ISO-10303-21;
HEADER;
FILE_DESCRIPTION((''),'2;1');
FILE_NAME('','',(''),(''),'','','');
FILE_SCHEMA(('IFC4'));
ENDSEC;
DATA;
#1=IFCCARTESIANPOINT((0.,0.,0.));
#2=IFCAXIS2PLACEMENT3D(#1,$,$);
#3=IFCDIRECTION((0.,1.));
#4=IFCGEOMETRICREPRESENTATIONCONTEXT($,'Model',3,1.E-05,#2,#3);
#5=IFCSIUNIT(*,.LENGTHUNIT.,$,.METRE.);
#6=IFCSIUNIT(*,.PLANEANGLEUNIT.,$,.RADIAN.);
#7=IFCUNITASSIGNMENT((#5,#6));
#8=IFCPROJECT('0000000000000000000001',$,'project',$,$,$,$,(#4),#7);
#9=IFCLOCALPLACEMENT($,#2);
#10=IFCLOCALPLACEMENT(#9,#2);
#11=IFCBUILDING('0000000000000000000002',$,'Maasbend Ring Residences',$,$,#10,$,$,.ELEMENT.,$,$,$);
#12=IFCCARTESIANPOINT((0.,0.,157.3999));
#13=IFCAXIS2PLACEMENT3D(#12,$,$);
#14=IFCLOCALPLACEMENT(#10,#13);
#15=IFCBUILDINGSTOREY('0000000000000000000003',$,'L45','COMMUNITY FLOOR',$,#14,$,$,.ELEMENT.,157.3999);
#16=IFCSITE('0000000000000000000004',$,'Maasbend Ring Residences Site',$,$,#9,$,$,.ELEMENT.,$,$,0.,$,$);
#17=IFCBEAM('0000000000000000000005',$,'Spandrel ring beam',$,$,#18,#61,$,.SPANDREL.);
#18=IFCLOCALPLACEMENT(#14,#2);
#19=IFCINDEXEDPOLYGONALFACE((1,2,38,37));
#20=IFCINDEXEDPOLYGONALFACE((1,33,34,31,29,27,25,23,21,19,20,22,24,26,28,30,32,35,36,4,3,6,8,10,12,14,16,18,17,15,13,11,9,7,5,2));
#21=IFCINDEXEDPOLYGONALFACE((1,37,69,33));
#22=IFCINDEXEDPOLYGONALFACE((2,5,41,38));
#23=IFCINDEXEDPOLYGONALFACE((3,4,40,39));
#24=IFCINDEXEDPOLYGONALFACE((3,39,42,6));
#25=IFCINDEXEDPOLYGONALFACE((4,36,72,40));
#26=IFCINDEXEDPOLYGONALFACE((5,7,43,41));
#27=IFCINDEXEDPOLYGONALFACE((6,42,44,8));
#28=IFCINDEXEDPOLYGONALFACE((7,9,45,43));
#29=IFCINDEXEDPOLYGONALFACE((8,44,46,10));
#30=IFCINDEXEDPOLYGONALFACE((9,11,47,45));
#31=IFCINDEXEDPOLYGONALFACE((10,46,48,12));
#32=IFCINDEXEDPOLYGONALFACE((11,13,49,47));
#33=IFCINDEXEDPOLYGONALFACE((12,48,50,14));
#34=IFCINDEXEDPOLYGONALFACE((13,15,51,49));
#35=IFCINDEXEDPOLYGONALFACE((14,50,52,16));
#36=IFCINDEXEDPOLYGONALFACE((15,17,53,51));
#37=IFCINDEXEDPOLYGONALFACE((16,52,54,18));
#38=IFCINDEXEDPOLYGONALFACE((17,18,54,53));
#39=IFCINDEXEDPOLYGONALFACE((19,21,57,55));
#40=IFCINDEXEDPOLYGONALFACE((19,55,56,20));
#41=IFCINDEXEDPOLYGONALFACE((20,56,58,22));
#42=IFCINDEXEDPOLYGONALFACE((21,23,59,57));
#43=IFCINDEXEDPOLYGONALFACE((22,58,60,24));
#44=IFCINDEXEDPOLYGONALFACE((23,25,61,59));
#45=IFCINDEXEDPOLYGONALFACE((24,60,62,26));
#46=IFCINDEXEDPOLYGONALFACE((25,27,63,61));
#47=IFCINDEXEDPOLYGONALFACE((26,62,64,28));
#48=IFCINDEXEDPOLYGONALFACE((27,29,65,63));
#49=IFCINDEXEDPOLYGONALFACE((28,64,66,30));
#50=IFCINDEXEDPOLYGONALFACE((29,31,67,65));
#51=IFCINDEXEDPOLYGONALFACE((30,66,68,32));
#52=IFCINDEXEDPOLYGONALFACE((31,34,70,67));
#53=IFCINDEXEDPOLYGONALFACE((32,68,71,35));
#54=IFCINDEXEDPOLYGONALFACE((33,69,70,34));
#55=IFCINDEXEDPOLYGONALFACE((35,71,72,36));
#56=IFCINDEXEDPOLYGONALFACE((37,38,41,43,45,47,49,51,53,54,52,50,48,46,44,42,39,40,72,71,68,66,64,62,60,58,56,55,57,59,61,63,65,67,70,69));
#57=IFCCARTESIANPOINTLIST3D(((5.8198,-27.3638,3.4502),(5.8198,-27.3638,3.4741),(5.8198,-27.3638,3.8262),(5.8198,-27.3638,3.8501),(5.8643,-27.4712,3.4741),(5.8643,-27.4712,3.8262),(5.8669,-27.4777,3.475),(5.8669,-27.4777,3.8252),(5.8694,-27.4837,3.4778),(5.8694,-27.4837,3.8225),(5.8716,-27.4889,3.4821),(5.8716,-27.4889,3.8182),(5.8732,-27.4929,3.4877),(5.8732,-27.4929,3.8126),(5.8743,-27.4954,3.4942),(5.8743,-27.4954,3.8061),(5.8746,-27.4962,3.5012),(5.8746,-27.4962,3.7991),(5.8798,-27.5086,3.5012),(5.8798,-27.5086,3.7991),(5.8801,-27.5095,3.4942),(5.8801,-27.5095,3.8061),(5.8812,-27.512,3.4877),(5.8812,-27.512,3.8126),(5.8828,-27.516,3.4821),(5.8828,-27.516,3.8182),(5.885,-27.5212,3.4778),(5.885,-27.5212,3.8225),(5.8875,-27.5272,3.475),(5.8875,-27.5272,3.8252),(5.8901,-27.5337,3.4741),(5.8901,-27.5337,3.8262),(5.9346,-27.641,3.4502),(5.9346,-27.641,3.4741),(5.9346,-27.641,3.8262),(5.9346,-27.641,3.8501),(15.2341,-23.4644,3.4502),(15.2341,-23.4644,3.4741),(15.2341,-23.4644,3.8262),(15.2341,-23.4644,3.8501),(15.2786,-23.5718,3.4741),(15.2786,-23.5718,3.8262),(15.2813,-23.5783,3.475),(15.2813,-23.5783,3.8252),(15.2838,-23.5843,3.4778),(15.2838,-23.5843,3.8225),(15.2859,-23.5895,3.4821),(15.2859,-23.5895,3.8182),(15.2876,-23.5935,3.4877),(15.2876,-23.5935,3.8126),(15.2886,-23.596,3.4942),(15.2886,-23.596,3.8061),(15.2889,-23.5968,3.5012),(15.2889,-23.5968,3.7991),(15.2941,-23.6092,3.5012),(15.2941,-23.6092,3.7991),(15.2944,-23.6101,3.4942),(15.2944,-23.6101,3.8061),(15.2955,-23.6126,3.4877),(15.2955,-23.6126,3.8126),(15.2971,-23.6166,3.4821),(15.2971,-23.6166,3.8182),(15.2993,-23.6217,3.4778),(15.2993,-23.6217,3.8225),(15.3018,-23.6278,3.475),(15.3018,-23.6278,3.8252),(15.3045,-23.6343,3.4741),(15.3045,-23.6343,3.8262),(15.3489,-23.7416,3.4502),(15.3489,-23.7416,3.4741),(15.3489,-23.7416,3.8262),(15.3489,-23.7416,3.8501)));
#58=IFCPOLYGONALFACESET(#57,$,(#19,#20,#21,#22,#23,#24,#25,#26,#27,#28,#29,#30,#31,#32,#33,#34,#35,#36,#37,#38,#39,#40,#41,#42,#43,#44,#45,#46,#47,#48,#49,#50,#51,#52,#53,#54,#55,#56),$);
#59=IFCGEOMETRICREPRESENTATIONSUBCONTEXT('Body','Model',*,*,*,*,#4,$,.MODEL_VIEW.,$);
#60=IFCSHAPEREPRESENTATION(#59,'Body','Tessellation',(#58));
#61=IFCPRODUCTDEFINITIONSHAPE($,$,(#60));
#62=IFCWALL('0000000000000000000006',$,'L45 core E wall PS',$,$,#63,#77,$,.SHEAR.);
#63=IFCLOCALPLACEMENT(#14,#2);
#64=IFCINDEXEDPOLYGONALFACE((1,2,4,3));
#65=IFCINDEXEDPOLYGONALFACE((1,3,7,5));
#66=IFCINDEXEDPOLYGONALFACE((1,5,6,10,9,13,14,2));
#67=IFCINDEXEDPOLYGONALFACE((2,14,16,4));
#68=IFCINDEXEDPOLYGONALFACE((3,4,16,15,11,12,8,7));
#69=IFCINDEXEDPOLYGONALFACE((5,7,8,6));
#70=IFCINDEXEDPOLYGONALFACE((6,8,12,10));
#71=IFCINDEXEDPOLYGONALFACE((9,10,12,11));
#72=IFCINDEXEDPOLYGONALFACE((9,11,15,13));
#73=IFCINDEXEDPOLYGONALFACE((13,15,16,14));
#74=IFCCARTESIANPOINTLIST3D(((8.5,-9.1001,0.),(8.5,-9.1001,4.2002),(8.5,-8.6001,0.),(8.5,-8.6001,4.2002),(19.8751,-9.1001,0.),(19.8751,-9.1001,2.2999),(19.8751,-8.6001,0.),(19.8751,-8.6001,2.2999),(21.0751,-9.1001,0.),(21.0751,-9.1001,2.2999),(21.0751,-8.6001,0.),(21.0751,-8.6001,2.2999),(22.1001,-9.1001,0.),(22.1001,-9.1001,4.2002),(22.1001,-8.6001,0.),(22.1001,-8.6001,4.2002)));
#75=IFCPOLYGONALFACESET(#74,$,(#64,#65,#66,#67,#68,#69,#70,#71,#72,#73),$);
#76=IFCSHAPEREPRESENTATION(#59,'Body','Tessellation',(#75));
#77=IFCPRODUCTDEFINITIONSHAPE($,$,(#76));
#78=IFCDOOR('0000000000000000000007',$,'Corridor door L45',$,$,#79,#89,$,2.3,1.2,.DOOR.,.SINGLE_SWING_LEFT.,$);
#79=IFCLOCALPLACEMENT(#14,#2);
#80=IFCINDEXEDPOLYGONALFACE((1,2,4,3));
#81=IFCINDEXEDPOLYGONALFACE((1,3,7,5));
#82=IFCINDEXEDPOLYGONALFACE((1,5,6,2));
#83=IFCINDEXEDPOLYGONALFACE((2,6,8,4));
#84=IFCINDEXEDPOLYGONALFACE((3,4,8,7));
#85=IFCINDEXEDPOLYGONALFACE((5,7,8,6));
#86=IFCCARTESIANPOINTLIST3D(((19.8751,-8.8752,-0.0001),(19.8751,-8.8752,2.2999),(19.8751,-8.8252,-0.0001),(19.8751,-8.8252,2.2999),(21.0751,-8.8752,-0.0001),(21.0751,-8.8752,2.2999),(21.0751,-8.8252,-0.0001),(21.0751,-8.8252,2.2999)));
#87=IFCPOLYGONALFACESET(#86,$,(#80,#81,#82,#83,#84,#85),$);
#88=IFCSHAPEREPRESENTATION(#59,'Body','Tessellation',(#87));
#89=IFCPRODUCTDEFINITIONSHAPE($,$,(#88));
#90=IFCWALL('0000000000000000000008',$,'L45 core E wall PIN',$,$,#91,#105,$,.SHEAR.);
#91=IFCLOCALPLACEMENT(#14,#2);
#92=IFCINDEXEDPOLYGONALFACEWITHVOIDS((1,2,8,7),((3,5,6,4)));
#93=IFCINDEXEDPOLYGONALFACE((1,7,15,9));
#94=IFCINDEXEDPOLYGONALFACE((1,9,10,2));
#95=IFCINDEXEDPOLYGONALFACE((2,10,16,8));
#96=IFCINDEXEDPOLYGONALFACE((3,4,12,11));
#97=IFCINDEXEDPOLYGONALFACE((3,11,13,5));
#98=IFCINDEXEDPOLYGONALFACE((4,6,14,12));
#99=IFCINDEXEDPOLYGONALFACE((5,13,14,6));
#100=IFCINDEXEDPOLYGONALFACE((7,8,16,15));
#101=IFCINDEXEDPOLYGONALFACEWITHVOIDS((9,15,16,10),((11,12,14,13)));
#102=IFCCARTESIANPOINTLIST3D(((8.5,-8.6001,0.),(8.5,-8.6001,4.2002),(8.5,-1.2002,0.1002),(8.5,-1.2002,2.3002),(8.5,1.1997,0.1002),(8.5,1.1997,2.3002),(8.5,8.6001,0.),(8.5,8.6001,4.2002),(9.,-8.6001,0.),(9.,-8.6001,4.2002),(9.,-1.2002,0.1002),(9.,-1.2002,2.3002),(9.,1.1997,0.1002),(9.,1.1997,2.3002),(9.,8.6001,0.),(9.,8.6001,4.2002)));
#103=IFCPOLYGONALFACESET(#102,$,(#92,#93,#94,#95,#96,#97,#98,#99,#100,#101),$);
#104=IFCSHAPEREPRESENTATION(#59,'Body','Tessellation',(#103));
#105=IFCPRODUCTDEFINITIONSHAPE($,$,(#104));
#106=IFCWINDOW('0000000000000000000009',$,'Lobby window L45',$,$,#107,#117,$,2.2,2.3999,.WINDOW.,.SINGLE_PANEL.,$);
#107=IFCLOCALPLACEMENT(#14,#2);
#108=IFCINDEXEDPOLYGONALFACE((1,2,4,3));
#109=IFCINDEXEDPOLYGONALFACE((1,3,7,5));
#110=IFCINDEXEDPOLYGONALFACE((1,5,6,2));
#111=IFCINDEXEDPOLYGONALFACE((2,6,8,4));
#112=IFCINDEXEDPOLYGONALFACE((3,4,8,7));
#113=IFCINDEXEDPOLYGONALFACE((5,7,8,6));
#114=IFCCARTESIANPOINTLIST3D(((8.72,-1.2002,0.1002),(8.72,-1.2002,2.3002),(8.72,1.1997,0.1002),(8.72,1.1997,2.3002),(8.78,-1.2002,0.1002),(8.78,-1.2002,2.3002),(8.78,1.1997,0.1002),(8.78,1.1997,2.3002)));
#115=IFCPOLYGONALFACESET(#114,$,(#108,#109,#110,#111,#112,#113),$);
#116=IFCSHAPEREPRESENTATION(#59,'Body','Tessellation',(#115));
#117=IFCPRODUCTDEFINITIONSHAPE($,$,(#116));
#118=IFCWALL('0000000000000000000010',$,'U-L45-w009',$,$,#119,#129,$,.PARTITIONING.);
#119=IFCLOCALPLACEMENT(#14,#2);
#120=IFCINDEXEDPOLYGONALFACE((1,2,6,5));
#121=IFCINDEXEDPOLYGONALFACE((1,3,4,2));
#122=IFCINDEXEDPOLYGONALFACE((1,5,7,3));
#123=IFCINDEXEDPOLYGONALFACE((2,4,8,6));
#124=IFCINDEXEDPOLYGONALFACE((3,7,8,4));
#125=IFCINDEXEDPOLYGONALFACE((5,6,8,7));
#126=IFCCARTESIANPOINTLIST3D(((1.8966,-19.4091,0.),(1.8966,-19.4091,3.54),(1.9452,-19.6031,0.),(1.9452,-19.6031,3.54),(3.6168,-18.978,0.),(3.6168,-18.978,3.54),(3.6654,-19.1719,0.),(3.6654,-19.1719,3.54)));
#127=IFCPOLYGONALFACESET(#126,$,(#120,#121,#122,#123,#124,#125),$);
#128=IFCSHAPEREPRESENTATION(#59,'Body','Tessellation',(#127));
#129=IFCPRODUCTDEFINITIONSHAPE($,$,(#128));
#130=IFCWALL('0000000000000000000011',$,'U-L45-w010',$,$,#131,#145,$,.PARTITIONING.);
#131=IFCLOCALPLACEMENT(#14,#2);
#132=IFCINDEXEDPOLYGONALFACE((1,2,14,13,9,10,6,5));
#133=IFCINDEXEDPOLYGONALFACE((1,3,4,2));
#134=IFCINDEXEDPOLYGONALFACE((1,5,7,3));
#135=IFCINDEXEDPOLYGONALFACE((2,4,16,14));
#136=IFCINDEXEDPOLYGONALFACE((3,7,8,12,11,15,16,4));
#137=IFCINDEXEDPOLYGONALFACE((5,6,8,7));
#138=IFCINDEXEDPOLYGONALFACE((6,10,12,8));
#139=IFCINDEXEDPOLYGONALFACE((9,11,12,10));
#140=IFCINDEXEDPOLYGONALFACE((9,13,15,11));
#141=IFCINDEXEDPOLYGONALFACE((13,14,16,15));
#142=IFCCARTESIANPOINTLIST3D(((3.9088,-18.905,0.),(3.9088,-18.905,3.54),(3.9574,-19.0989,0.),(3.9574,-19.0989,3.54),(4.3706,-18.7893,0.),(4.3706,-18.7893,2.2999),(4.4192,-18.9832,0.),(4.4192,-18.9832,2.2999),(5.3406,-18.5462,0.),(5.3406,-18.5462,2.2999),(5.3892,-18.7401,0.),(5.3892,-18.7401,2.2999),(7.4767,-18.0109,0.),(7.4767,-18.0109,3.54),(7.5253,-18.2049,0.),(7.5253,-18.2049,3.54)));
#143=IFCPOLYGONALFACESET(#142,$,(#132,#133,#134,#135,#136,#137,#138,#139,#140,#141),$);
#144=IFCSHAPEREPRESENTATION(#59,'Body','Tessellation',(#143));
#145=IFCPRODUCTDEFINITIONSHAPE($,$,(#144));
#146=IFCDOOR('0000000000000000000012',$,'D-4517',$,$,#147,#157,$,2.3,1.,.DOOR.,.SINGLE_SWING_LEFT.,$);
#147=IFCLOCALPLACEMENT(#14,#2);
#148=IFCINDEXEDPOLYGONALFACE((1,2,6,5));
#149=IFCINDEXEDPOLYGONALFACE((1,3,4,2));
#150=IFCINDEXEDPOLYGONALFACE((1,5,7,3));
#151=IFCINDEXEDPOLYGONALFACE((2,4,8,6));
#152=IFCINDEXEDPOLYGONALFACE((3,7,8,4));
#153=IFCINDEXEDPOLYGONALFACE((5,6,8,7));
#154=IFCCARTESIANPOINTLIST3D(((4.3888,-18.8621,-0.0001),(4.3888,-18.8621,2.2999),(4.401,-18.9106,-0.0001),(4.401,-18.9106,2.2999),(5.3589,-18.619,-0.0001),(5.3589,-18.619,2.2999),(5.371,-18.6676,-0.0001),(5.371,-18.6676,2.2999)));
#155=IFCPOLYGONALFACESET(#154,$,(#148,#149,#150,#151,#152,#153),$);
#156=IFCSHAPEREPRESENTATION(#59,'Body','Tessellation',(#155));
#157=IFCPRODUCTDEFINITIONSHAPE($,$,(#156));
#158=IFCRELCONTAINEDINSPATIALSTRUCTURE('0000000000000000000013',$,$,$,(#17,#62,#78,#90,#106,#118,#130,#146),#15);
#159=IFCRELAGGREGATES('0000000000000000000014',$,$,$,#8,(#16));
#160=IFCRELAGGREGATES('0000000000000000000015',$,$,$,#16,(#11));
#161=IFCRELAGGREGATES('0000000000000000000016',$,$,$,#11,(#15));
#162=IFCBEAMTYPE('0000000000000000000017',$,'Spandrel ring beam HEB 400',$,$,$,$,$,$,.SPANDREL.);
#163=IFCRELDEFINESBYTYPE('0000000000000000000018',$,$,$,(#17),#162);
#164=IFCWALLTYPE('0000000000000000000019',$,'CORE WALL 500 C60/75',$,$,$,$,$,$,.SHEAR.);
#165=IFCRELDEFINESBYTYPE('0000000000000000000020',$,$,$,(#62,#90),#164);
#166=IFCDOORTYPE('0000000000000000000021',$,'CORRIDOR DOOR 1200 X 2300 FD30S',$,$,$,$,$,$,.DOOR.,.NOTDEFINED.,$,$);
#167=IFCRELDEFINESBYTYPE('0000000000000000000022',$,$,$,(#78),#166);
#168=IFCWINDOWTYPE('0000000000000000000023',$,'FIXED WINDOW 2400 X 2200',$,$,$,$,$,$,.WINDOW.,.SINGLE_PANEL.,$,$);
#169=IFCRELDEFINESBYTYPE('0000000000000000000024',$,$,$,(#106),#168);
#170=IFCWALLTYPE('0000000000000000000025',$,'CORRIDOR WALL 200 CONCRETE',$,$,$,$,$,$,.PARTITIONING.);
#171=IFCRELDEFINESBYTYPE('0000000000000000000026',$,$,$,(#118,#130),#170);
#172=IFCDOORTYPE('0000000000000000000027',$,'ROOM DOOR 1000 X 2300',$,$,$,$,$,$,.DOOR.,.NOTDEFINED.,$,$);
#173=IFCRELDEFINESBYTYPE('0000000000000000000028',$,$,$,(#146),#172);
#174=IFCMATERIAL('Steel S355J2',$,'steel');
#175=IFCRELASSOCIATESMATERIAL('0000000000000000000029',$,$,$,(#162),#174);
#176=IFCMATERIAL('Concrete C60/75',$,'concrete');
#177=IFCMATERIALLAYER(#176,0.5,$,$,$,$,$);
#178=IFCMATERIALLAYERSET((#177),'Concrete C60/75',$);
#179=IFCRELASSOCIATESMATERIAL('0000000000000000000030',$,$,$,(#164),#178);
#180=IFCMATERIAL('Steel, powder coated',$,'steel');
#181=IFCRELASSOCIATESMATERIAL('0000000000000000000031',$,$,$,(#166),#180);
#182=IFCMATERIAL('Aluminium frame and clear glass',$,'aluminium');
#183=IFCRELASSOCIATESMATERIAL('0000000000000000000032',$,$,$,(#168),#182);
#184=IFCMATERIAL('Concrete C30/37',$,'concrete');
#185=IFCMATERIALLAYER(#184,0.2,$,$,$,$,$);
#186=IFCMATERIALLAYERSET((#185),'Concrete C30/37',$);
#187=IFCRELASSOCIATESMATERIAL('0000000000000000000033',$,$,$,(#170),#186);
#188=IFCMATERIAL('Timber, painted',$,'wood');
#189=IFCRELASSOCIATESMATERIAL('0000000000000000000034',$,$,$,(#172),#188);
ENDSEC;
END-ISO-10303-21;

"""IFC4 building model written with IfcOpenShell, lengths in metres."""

from ifc_helpers import new_model, si_unit, direction, frame, frame_2d, origin, origin_2d, place, context, subcontext, project, spatial, rectangle, i_section, extrude, material, layer, layer_set, material_profile, profile_set, type_object, element, fill, save


model = new_model("IFC4")

# Units and contexts
model_context = context("Model", 3, precision=1e-05, world=origin(), true_north=direction((0.0, 1.0)))
body_context = subcontext(model_context, "Body", "Model", "MODEL_VIEW")
ifc_project = project(units=[si_unit("LENGTHUNIT", "METRE"), si_unit("PLANEANGLEUNIT", "RADIAN")], contexts=[model_context])

# Site, building, storey
site_placement = place(None, origin())
site = spatial("IfcSite", under=ifc_project, at=site_placement, Name="Maasbend Ring Residences Site", CompositionType="ELEMENT", RefElevation=0.0)
building_placement = place(site_placement, origin())
building = spatial("IfcBuilding", under=site, at=building_placement, Name="Maasbend Ring Residences", CompositionType="ELEMENT")
storey_placement = place(building_placement, frame((0.0, 0.0, 157.3999)))
storey = spatial("IfcBuildingStorey", under=building, at=storey_placement, Name="L45", Description="COMMUNITY FLOOR", CompositionType="ELEMENT", Elevation=157.3999)

# Beam
ifc_material_1 = material(Name="Steel S355J2", Category="steel")
ifc_material_profile_1 = material_profile(ifc_material_1, i_section(OverallWidth=0.3, OverallDepth=0.3999, WebThickness=0.0134, FlangeThickness=0.0239, FilletRadius=0.0271, at=origin_2d()), Name="HEB 400")
ifc_profile_set_1 = profile_set([ifc_material_profile_1], Name="Steel S355J2")
beam_type_1 = type_object("IfcBeamType", Name="Spandrel ring beam HEB 400", PredefinedType="SPANDREL", material=ifc_profile_set_1)
beam_1_placement = place(storey_placement, frame((5.8772, -27.5024, 3.6501), z_axis=(0.923884, 0.382673, 0.0), x_axis=(-0.382673, 0.923884, 0.0)))
element("IfcBeam", 1, at=beam_1_placement, inside=storey, type_object=beam_type_1, Name="Spandrel ring beam", PredefinedType="SPANDREL", context=body_context, shape_type="SweptSolid", body=[
    extrude(i_section(OverallWidth=0.3, OverallDepth=0.3999, WebThickness=0.0134, FlangeThickness=0.0239, FilletRadius=0.0271, at=origin_2d()), origin(), (0.0, 0.0, 1.0), 10.1899),
])

# Wall, opening, door
ifc_material_2 = material(Name="Concrete C60/75", Category="concrete")
ifc_layer_1 = layer(ifc_material_2, 0.5)
ifc_layer_set_1 = layer_set([ifc_layer_1], Name="Concrete C60/75")
wall_type_1 = type_object("IfcWallType", Name="CORE WALL 500 C60/75", PredefinedType="SHEAR", material=ifc_layer_set_1)
wall_1_placement = place(storey_placement, frame((8.5, -8.8501, 0.0), z_axis=(0.0, 0.0, 1.0), x_axis=(1.0, 0.0, 0.0)))
wall_1 = element("IfcWall", 2, at=wall_1_placement, inside=storey, type_object=wall_type_1, Name="L45 core E wall PS", PredefinedType="SHEAR", context=body_context, shape_type="SweptSolid", body=[
    extrude(rectangle(XDim=13.6001, YDim=0.5, at=frame_2d((6.8, 0.0))), origin(), (0.0, 0.0, 1.0), 4.2002),
])
opening_1_placement = place(wall_1_placement, frame((11.375, 0.0, 0.0)))
opening_1 = element("IfcOpeningElement", 3, at=opening_1_placement, cuts=wall_1, PredefinedType="OPENING", context=body_context, shape_type="SweptSolid", body=[
    extrude(rectangle(XDim=1.2, YDim=2.3, at=frame_2d((0.6001, 1.1499))), frame((0.0, 0.26, 0.0), z_axis=(0.0, -1.0, 0.0), x_axis=(1.0, 0.0, 0.0)), (0.0, 0.0, 1.0), 0.52),
])
ifc_material_3 = material(Name="Steel, powder coated", Category="steel")
door_type_1 = type_object("IfcDoorType", Name="CORRIDOR DOOR 1200 X 2300 FD30S", OperationType="NOTDEFINED", PredefinedType="DOOR", material=ifc_material_3)
door_1_placement = place(opening_1_placement, origin())
door_1 = element("IfcDoor", 4, at=door_1_placement, inside=storey, type_object=door_type_1, Name="Corridor door L45", OperationType="SINGLE_SWING_LEFT", OverallHeight=2.3, OverallWidth=1.2, PredefinedType="DOOR", context=body_context, shape_type="SweptSolid", body=[
    extrude(rectangle(XDim=1.2, YDim=2.3, at=frame_2d((0.6001, 1.1499))), frame((0.0, 0.0249, 0.0), z_axis=(0.0, -1.0, 0.0), x_axis=(1.0, 0.0, 0.0)), (0.0, 0.0, 1.0), 0.05),
])
fill(opening_1, door_1)

# Wall, opening, window
wall_2_placement = place(storey_placement, frame((8.75, -8.6001, 0.0), z_axis=(0.0, 0.0, 1.0), x_axis=(0.0, 1.0, 0.0)))
wall_2 = element("IfcWall", 5, at=wall_2_placement, inside=storey, type_object=wall_type_1, Name="L45 core E wall PIN", PredefinedType="SHEAR", context=body_context, shape_type="SweptSolid", body=[
    extrude(rectangle(XDim=17.2002, YDim=0.5, at=frame_2d((8.6001, 0.0))), origin(), (0.0, 0.0, 1.0), 4.2002),
])
opening_2_placement = place(wall_2_placement, frame((7.3999, 0.0, 0.1001)))
opening_2 = element("IfcOpeningElement", 6, at=opening_2_placement, cuts=wall_2, PredefinedType="OPENING", context=body_context, shape_type="SweptSolid", body=[
    extrude(rectangle(XDim=2.3999, YDim=2.2, at=frame_2d((1.2, 1.1001))), frame((0.0, 0.26, 0.0), z_axis=(0.0, -1.0, 0.0), x_axis=(1.0, 0.0, 0.0)), (0.0, 0.0, 1.0), 0.52),
])
ifc_material_4 = material(Name="Aluminium frame and clear glass", Category="aluminium")
window_type = type_object("IfcWindowType", Name="FIXED WINDOW 2400 X 2200", PartitioningType="SINGLE_PANEL", PredefinedType="WINDOW", material=ifc_material_4)
window_placement = place(opening_2_placement, origin())
window = element("IfcWindow", 7, at=window_placement, inside=storey, type_object=window_type, Name="Lobby window L45", OverallHeight=2.2, OverallWidth=2.3999, PartitioningType="SINGLE_PANEL", PredefinedType="WINDOW", context=body_context, shape_type="SweptSolid", body=[
    extrude(rectangle(XDim=2.3999, YDim=2.2, at=frame_2d((1.2, 1.1001))), frame((0.0, 0.03, 0.0), z_axis=(0.0, -1.0, 0.0), x_axis=(1.0, 0.0, 0.0)), (0.0, 0.0, 1.0), 0.0601),
])
fill(opening_2, window)

# Wall
ifc_material_5 = material(Name="Concrete C30/37", Category="concrete")
ifc_layer_2 = layer(ifc_material_5, 0.2)
ifc_layer_set_2 = layer_set([ifc_layer_2], Name="Concrete C30/37")
wall_type_2 = type_object("IfcWallType", Name="CORRIDOR WALL 200 CONCRETE", PredefinedType="PARTITIONING", material=ifc_layer_set_2)
wall_3_placement = place(storey_placement, frame((1.9209, -19.5061, 0.0), z_axis=(0.0, 0.0, 1.0), x_axis=(0.969997, 0.243119, 0.0)))
element("IfcWall", 8, at=wall_3_placement, inside=storey, type_object=wall_type_2, Name="U-L45-w009", PredefinedType="PARTITIONING", context=body_context, shape_type="SweptSolid", body=[
    extrude(rectangle(XDim=1.7734, YDim=0.2, at=frame_2d((0.8867, 0.0))), origin(), (0.0, 0.0, 1.0), 3.54),
])

# Wall, opening, door
wall_4_placement = place(storey_placement, frame((3.9331, -19.002, 0.0), z_axis=(0.0, 0.0, 1.0), x_axis=(0.97001, 0.243067, 0.0)))
wall_4 = element("IfcWall", 9, at=wall_4_placement, inside=storey, type_object=wall_type_2, Name="U-L45-w010", PredefinedType="PARTITIONING", context=body_context, shape_type="SweptSolid", body=[
    extrude(rectangle(XDim=3.6782, YDim=0.2, at=frame_2d((1.8391, 0.0))), origin(), (0.0, 0.0, 1.0), 3.54),
])
opening_3_placement = place(wall_4_placement, frame((0.4761, 0.0, 0.0)))
opening_3 = element("IfcOpeningElement", 10, at=opening_3_placement, cuts=wall_4, PredefinedType="OPENING", context=body_context, shape_type="SweptSolid", body=[
    extrude(rectangle(XDim=1.0, YDim=2.3, at=frame_2d((0.5, 1.1499))), frame((0.0, 0.1099, 0.0), z_axis=(0.0, -1.0, 0.0), x_axis=(1.0, 0.0, 0.0)), (0.0, 0.0, 1.0), 0.22),
])
ifc_material_6 = material(Name="Timber, painted", Category="wood")
door_type_2 = type_object("IfcDoorType", Name="ROOM DOOR 1000 X 2300", OperationType="NOTDEFINED", PredefinedType="DOOR", material=ifc_material_6)
door_2_placement = place(opening_3_placement, origin())
door_2 = element("IfcDoor", 11, at=door_2_placement, inside=storey, type_object=door_type_2, Name="D-4517", OperationType="SINGLE_SWING_LEFT", OverallHeight=2.3, OverallWidth=1.0, PredefinedType="DOOR", context=body_context, shape_type="SweptSolid", body=[
    extrude(rectangle(XDim=1.0, YDim=2.3, at=frame_2d((0.5, 1.1499))), frame((0.0, 0.0249, 0.0), z_axis=(0.0, -1.0, 0.0), x_axis=(1.0, 0.0, 0.0)), (0.0, 0.0, 1.0), 0.05),
])
fill(opening_3, door_2)

save(model, "model.ifc")
